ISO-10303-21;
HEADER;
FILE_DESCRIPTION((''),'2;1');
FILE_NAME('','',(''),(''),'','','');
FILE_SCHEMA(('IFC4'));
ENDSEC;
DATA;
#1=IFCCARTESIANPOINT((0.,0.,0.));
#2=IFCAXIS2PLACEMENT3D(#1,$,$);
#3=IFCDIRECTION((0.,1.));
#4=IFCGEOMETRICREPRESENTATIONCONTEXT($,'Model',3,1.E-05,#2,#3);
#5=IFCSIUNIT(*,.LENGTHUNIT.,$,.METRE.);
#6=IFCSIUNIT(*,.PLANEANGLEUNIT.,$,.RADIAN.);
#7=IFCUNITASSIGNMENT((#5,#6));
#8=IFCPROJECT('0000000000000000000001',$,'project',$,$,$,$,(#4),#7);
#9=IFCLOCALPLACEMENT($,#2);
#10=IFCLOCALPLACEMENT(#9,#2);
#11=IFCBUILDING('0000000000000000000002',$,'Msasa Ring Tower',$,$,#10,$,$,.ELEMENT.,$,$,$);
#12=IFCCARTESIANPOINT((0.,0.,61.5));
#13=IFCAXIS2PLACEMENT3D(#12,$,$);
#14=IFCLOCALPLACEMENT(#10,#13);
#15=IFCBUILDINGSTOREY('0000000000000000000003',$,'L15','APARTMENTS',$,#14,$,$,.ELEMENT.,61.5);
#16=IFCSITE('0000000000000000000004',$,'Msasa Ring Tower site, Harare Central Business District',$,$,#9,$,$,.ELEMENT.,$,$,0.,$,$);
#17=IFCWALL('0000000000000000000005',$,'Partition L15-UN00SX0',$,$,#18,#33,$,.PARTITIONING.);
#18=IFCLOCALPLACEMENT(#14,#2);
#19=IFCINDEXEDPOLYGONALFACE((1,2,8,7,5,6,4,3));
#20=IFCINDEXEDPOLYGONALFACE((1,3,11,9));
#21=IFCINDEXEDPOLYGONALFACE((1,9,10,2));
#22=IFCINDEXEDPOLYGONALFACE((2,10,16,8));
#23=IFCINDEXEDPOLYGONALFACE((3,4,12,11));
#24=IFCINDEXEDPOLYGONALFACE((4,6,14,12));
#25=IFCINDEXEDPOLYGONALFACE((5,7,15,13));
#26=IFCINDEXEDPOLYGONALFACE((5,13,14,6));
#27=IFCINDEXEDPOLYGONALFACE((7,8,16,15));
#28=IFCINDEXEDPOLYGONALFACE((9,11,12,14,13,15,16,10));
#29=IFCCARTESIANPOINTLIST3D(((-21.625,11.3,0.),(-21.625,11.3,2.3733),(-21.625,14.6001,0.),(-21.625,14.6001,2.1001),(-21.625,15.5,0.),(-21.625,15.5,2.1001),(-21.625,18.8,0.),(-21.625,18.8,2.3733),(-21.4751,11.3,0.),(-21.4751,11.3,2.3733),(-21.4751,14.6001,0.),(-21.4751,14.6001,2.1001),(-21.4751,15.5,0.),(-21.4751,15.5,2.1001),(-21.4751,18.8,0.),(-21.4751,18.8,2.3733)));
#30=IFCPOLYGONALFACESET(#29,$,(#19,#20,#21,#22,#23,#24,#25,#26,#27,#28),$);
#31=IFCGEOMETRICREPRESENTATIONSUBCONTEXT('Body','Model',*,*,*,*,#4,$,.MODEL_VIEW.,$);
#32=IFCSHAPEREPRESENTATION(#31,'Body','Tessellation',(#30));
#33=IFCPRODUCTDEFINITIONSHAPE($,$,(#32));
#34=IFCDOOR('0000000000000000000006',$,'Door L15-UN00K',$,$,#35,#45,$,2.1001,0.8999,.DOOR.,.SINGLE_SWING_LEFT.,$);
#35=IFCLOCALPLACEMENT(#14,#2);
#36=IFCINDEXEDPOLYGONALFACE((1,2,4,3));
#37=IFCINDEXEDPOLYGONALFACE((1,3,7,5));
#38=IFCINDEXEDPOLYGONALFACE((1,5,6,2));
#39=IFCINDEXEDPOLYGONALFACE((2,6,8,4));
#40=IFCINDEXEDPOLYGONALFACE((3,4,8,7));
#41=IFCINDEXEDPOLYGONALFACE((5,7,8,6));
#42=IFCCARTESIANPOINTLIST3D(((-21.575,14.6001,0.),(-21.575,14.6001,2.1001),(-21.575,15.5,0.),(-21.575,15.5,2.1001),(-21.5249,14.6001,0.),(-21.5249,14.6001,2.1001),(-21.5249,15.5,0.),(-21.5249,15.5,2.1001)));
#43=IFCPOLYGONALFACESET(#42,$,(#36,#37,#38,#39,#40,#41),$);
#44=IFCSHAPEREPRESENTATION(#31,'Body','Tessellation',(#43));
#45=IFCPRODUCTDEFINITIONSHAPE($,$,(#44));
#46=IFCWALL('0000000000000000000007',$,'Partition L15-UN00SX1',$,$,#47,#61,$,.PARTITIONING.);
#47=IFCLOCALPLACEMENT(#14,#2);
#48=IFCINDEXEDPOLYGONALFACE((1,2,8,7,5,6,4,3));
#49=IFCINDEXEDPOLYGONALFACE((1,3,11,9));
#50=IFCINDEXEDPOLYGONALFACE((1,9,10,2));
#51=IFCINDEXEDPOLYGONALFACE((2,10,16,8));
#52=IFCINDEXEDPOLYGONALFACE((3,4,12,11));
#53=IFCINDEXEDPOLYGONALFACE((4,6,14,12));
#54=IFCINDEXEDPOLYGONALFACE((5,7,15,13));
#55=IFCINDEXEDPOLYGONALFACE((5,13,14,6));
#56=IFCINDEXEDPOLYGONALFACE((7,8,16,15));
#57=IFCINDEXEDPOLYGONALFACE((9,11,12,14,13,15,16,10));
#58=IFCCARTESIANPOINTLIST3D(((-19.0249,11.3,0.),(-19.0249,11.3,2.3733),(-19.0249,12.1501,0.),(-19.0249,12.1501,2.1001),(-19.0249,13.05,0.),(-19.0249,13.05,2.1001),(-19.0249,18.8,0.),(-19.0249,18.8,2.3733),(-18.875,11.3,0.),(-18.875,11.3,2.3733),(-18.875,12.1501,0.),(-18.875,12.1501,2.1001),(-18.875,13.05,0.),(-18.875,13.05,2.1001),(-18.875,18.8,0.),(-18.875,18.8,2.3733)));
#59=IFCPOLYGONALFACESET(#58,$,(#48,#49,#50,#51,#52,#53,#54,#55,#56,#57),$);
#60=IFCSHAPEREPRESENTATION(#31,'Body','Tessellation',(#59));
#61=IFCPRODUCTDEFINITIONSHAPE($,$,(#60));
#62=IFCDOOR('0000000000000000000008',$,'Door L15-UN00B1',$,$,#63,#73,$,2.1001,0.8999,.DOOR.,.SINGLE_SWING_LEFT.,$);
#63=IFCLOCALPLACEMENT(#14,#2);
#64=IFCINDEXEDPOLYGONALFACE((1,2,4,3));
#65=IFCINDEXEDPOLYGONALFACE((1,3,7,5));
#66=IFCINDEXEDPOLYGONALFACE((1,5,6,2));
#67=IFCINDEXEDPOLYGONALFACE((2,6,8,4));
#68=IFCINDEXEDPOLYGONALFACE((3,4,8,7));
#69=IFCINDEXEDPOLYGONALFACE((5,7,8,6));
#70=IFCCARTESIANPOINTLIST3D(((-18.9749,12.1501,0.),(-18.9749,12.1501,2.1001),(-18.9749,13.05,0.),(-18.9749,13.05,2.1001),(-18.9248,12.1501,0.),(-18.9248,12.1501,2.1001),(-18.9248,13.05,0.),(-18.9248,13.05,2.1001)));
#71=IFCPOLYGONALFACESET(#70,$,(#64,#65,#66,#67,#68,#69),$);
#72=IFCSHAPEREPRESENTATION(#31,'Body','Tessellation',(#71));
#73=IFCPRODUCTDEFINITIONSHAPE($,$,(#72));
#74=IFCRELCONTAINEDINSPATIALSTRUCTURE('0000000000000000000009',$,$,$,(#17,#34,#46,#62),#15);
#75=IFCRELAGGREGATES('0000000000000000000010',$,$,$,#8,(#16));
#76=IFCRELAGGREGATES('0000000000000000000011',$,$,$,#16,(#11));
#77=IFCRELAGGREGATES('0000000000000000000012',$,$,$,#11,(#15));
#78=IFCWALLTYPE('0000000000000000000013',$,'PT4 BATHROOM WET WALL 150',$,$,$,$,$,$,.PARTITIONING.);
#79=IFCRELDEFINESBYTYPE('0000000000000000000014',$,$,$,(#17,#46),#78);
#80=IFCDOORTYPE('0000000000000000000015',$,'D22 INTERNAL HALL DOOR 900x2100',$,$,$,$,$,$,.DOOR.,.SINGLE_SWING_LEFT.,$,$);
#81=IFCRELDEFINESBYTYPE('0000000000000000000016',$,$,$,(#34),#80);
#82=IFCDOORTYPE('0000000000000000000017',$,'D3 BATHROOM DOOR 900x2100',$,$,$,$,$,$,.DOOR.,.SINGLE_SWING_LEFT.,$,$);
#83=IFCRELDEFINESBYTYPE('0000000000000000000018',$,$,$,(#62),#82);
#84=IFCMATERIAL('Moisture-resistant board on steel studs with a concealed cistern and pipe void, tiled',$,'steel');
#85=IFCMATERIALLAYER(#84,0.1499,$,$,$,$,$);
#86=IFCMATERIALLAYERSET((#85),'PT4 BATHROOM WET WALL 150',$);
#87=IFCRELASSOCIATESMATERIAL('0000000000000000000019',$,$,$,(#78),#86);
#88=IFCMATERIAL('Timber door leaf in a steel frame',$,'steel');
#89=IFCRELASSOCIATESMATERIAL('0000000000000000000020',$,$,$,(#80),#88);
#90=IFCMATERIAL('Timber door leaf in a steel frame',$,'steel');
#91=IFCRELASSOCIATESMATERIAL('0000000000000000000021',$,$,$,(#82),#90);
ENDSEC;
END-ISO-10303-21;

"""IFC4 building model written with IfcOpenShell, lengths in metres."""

from ifc_helpers import new_model, si_unit, direction, frame, frame_2d, origin, place, context, subcontext, project, spatial, rectangle, extrude, material, layer, layer_set, type_object, element, fill, save


model = new_model("IFC4")

# Units and contexts
model_context = context("Model", 3, precision=1e-05, world=origin(), true_north=direction((0.0, 1.0)))
body_context = subcontext(model_context, "Body", "Model", "MODEL_VIEW")
ifc_project = project(units=[si_unit("LENGTHUNIT", "METRE"), si_unit("PLANEANGLEUNIT", "RADIAN")], contexts=[model_context])

# Site, building, storey
site_placement = place(None, origin())
site = spatial("IfcSite", under=ifc_project, at=site_placement, Name="Msasa Ring Tower site, Harare Central Business District", CompositionType="ELEMENT", RefElevation=0.0)
building_placement = place(site_placement, origin())
building = spatial("IfcBuilding", under=site, at=building_placement, Name="Msasa Ring Tower", CompositionType="ELEMENT")
storey_placement = place(building_placement, frame((0.0, 0.0, 61.5)))
storey = spatial("IfcBuildingStorey", under=building, at=storey_placement, Name="L15", Description="APARTMENTS", CompositionType="ELEMENT", Elevation=61.5)

# Walls, openings, doors
ifc_material_1 = material(Name="Moisture-resistant board on steel studs with a concealed cistern and pipe void, tiled", Category="steel")
ifc_layer_1 = layer(ifc_material_1, 0.1499)
ifc_layer_set_1 = layer_set([ifc_layer_1], Name="PT4 BATHROOM WET WALL 150")
wall_type_1 = type_object("IfcWallType", Name="PT4 BATHROOM WET WALL 150", PredefinedType="PARTITIONING", material=ifc_layer_set_1)
wall_1_placement = place(storey_placement, frame((-21.55, 11.3, 0.0), z_axis=(0.0, 0.0, 1.0), x_axis=(0.0, 1.0, 0.0)))
wall_1 = element("IfcWall", 1, at=wall_1_placement, inside=storey, type_object=wall_type_1, Name="Partition L15-UN00SX0", PredefinedType="PARTITIONING", context=body_context, shape_type="SweptSolid", body=[
    extrude(rectangle(XDim=7.5, YDim=0.1499, at=frame_2d((3.75, 0.0))), origin(), (0.0, 0.0, 1.0), 2.3733),
])
opening_1_placement = place(wall_1_placement, frame((3.3, 0.0, 0.0)))
opening_1 = element("IfcOpeningElement", 2, at=opening_1_placement, cuts=wall_1, PredefinedType="OPENING", context=body_context, shape_type="SweptSolid", body=[
    extrude(rectangle(XDim=0.8999, YDim=2.1001, at=frame_2d((0.45, 1.05))), frame((0.0, 0.085, 0.0), z_axis=(0.0, -1.0, 0.0), x_axis=(1.0, 0.0, 0.0)), (0.0, 0.0, 1.0), 0.1699),
])
ifc_material_2 = material(Name="Timber door leaf in a steel frame", Category="steel")
door_type_1 = type_object("IfcDoorType", Name="D22 INTERNAL HALL DOOR 900x2100", OperationType="SINGLE_SWING_LEFT", PredefinedType="DOOR", material=ifc_material_2)
door_1_placement = place(opening_1_placement, origin())
door_1 = element("IfcDoor", 3, at=door_1_placement, inside=storey, type_object=door_type_1, Name="Door L15-UN00K", OperationType="SINGLE_SWING_LEFT", OverallHeight=2.1001, OverallWidth=0.8999, PredefinedType="DOOR", context=body_context, shape_type="SweptSolid", body=[
    extrude(rectangle(XDim=0.8999, YDim=2.1001, at=frame_2d((0.45, 1.05))), frame((0.0, 0.0249, 0.0), z_axis=(0.0, -1.0, 0.0), x_axis=(1.0, 0.0, 0.0)), (0.0, 0.0, 1.0), 0.05),
])
fill(opening_1, door_1)
wall_2_placement = place(storey_placement, frame((-18.95, 11.3, 0.0), z_axis=(0.0, 0.0, 1.0), x_axis=(0.0, 1.0, 0.0)))
wall_2 = element("IfcWall", 4, at=wall_2_placement, inside=storey, type_object=wall_type_1, Name="Partition L15-UN00SX1", PredefinedType="PARTITIONING", context=body_context, shape_type="SweptSolid", body=[
    extrude(rectangle(XDim=7.5, YDim=0.1499, at=frame_2d((3.75, 0.0))), origin(), (0.0, 0.0, 1.0), 2.3733),
])
opening_2_placement = place(wall_2_placement, frame((0.8501, 0.0, 0.0)))
opening_2 = element("IfcOpeningElement", 5, at=opening_2_placement, cuts=wall_2, PredefinedType="OPENING", context=body_context, shape_type="SweptSolid", body=[
    extrude(rectangle(XDim=0.8999, YDim=2.1001, at=frame_2d((0.45, 1.05))), frame((0.0, 0.085, 0.0), z_axis=(0.0, -1.0, 0.0), x_axis=(1.0, 0.0, 0.0)), (0.0, 0.0, 1.0), 0.1699),
])
ifc_material_3 = material(Name="Timber door leaf in a steel frame", Category="steel")
door_type_2 = type_object("IfcDoorType", Name="D3 BATHROOM DOOR 900x2100", OperationType="SINGLE_SWING_LEFT", PredefinedType="DOOR", material=ifc_material_3)
door_2_placement = place(opening_2_placement, origin())
door_2 = element("IfcDoor", 6, at=door_2_placement, inside=storey, type_object=door_type_2, Name="Door L15-UN00B1", OperationType="SINGLE_SWING_LEFT", OverallHeight=2.1001, OverallWidth=0.8999, PredefinedType="DOOR", context=body_context, shape_type="SweptSolid", body=[
    extrude(rectangle(XDim=0.8999, YDim=2.1001, at=frame_2d((0.45, 1.05))), frame((0.0, 0.0249, 0.0), z_axis=(0.0, -1.0, 0.0), x_axis=(1.0, 0.0, 0.0)), (0.0, 0.0, 1.0), 0.05),
])
fill(opening_2, door_2)

save(model, "model.ifc")
